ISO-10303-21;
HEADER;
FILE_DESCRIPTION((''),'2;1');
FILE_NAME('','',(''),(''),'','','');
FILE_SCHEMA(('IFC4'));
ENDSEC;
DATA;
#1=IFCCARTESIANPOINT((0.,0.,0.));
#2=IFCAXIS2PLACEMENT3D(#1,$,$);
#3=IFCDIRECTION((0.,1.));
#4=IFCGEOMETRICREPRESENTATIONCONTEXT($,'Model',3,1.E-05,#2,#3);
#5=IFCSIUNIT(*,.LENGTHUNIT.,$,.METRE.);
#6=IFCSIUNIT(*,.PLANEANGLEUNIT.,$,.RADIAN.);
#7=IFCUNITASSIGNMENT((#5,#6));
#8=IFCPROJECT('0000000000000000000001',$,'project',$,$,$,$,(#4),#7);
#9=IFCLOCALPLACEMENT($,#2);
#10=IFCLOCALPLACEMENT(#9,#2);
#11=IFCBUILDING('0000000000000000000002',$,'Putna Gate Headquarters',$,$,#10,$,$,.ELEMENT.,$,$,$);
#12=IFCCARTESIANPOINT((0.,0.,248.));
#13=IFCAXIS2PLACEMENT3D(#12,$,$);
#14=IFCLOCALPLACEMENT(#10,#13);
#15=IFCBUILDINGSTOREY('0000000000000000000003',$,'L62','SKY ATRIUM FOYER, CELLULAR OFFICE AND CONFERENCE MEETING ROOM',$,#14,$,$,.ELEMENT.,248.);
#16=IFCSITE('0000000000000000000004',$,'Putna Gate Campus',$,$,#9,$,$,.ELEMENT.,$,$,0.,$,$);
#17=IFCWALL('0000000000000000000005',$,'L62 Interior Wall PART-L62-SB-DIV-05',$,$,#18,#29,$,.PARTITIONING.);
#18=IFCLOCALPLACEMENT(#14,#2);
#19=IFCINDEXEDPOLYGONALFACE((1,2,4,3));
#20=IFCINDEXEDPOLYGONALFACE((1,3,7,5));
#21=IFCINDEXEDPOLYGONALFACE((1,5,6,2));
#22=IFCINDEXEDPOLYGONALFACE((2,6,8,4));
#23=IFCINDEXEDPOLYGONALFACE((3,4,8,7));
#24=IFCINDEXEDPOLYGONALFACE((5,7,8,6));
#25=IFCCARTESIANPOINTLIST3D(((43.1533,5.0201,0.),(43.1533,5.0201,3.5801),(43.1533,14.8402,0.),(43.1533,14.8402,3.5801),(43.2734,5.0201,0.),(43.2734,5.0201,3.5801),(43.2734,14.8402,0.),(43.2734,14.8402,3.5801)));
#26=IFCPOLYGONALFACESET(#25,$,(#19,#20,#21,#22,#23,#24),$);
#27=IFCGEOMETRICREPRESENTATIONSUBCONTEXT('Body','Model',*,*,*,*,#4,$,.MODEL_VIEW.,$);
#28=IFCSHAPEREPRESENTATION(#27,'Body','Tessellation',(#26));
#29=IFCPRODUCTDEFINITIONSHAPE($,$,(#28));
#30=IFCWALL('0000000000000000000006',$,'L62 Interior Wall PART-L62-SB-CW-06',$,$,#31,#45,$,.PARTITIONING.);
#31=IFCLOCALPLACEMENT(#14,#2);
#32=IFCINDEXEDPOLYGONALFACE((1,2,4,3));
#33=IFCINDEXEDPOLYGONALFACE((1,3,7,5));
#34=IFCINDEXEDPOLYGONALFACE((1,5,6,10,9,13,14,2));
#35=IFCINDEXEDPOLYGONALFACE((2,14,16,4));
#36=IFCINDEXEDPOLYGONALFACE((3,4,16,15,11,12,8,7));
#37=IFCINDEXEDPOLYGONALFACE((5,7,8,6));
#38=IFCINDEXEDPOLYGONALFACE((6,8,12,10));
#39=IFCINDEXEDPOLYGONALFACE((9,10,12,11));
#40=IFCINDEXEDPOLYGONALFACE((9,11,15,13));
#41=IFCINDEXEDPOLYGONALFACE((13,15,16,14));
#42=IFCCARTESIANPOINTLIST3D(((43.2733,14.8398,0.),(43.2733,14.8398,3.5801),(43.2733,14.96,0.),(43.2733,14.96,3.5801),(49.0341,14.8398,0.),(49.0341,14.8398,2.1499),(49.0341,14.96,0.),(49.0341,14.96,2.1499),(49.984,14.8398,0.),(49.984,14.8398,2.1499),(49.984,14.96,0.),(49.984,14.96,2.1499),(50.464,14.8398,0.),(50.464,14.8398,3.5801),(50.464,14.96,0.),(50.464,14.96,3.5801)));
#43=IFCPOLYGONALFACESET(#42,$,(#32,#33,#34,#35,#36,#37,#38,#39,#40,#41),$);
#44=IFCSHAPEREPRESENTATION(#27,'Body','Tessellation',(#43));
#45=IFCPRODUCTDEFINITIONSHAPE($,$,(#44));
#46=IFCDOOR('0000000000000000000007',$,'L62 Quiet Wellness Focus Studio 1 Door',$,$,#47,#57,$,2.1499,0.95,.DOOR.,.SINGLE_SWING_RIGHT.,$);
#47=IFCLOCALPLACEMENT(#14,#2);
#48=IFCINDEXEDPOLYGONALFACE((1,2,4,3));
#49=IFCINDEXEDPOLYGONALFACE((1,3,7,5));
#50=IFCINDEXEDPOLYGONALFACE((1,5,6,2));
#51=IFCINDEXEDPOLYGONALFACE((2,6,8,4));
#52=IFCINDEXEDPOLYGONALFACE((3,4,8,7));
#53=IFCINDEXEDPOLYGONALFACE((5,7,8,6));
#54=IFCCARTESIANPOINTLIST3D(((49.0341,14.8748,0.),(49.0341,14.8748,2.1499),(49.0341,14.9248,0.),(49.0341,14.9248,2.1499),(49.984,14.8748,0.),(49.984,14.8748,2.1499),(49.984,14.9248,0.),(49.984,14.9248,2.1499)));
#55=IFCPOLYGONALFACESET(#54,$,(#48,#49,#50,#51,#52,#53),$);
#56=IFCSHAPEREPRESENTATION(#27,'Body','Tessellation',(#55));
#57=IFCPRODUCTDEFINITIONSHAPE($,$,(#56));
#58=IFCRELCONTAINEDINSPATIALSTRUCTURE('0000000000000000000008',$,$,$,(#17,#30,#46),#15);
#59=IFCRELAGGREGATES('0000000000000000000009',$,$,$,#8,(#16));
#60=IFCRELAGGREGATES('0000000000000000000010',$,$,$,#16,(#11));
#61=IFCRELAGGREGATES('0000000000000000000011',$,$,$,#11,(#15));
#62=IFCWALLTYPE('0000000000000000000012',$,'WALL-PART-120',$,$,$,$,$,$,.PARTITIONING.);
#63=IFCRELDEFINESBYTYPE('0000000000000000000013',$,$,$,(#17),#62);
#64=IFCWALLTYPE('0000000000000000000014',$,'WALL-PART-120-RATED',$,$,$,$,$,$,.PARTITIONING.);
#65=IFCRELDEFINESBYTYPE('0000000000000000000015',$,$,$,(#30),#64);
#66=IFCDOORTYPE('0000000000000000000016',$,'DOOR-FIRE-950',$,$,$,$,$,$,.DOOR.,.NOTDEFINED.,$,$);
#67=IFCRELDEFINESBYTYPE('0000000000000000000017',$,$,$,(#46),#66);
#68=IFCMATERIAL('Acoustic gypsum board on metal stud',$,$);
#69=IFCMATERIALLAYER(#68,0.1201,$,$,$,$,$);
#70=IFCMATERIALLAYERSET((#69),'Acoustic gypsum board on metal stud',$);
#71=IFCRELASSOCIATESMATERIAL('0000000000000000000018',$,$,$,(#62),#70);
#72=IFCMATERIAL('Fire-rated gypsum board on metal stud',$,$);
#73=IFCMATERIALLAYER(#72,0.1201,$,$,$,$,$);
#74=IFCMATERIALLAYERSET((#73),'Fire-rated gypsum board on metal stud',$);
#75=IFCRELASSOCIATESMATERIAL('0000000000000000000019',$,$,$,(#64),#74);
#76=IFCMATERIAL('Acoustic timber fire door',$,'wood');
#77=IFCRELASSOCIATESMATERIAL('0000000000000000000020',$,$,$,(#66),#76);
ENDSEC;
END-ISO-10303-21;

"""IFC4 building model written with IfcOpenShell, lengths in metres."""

from ifc_helpers import new_model, si_unit, direction, frame, frame_2d, origin, place, context, subcontext, project, spatial, rectangle, extrude, material, layer, layer_set, type_object, element, fill, save


model = new_model("IFC4")

# Units and contexts
model_context = context("Model", 3, precision=1e-05, world=origin(), true_north=direction((0.0, 1.0)))
body_context = subcontext(model_context, "Body", "Model", "MODEL_VIEW")
ifc_project = project(units=[si_unit("LENGTHUNIT", "METRE"), si_unit("PLANEANGLEUNIT", "RADIAN")], contexts=[model_context])

# Site, building, storey
site_placement = place(None, origin())
site = spatial("IfcSite", under=ifc_project, at=site_placement, Name="Putna Gate Campus", CompositionType="ELEMENT", RefElevation=0.0)
building_placement = place(site_placement, origin())
building = spatial("IfcBuilding", under=site, at=building_placement, Name="Putna Gate Headquarters", CompositionType="ELEMENT")
storey_placement = place(building_placement, frame((0.0, 0.0, 248.0)))
storey = spatial("IfcBuildingStorey", under=building, at=storey_placement, Name="L62", Description="SKY ATRIUM FOYER, CELLULAR OFFICE AND CONFERENCE MEETING ROOM", CompositionType="ELEMENT", Elevation=248.0)

# Wall
ifc_material_1 = material(Name="Acoustic gypsum board on metal stud")
ifc_layer_1 = layer(ifc_material_1, 0.1201)
ifc_layer_set_1 = layer_set([ifc_layer_1], Name="Acoustic gypsum board on metal stud")
wall_type_1 = type_object("IfcWallType", Name="WALL-PART-120", PredefinedType="PARTITIONING", material=ifc_layer_set_1)
wall_1_placement = place(storey_placement, frame((43.2134, 5.02, 0.0), z_axis=(0.0, 0.0, 1.0), x_axis=(0.0, 1.0, 0.0)))
element("IfcWall", 1, at=wall_1_placement, inside=storey, type_object=wall_type_1, Name="L62 Interior Wall PART-L62-SB-DIV-05", PredefinedType="PARTITIONING", context=body_context, shape_type="SweptSolid", body=[
    extrude(rectangle(XDim=9.8201, YDim=0.1201, at=frame_2d((4.9102, 0.0))), origin(), (0.0, 0.0, 1.0), 3.5801),
])

# Wall, opening, door
ifc_material_2 = material(Name="Fire-rated gypsum board on metal stud")
ifc_layer_2 = layer(ifc_material_2, 0.1201)
ifc_layer_set_2 = layer_set([ifc_layer_2], Name="Fire-rated gypsum board on metal stud")
wall_type_2 = type_object("IfcWallType", Name="WALL-PART-120-RATED", PredefinedType="PARTITIONING", material=ifc_layer_set_2)
wall_2_placement = place(storey_placement, frame((43.2734, 14.8999, 0.0), z_axis=(0.0, 0.0, 1.0), x_axis=(1.0, 0.0, 0.0)))
wall_2 = element("IfcWall", 2, at=wall_2_placement, inside=storey, type_object=wall_type_2, Name="L62 Interior Wall PART-L62-SB-CW-06", PredefinedType="PARTITIONING", context=body_context, shape_type="SweptSolid", body=[
    extrude(rectangle(XDim=7.1907, YDim=0.1201, at=frame_2d((3.5952, 0.0))), origin(), (0.0, 0.0, 1.0), 3.5801),
])
opening_placement = place(wall_2_placement, frame((5.7605, 0.0, 0.0)))
opening = element("IfcOpeningElement", 3, at=opening_placement, cuts=wall_2, PredefinedType="OPENING", context=body_context, shape_type="SweptSolid", body=[
    extrude(rectangle(XDim=0.95, YDim=2.1499, at=frame_2d((0.4751, 1.075))), frame((0.0, 0.0701, 0.0), z_axis=(0.0, -1.0, 0.0), x_axis=(1.0, 0.0, 0.0)), (0.0, 0.0, 1.0), 0.1401),
])
ifc_material_3 = material(Name="Acoustic timber fire door", Category="wood")
door_type = type_object("IfcDoorType", Name="DOOR-FIRE-950", OperationType="NOTDEFINED", PredefinedType="DOOR", material=ifc_material_3)
door_placement = place(opening_placement, origin())
door = element("IfcDoor", 4, at=door_placement, inside=storey, type_object=door_type, Name="L62 Quiet Wellness Focus Studio 1 Door", OperationType="SINGLE_SWING_RIGHT", OverallHeight=2.1499, OverallWidth=0.95, PredefinedType="DOOR", context=body_context, shape_type="SweptSolid", body=[
    extrude(rectangle(XDim=0.95, YDim=2.1499, at=frame_2d((0.4751, 1.075))), frame((0.0, 0.0249, 0.0), z_axis=(0.0, -1.0, 0.0), x_axis=(1.0, 0.0, 0.0)), (0.0, 0.0, 1.0), 0.05),
])
fill(opening, door)

save(model, "model.ifc")
